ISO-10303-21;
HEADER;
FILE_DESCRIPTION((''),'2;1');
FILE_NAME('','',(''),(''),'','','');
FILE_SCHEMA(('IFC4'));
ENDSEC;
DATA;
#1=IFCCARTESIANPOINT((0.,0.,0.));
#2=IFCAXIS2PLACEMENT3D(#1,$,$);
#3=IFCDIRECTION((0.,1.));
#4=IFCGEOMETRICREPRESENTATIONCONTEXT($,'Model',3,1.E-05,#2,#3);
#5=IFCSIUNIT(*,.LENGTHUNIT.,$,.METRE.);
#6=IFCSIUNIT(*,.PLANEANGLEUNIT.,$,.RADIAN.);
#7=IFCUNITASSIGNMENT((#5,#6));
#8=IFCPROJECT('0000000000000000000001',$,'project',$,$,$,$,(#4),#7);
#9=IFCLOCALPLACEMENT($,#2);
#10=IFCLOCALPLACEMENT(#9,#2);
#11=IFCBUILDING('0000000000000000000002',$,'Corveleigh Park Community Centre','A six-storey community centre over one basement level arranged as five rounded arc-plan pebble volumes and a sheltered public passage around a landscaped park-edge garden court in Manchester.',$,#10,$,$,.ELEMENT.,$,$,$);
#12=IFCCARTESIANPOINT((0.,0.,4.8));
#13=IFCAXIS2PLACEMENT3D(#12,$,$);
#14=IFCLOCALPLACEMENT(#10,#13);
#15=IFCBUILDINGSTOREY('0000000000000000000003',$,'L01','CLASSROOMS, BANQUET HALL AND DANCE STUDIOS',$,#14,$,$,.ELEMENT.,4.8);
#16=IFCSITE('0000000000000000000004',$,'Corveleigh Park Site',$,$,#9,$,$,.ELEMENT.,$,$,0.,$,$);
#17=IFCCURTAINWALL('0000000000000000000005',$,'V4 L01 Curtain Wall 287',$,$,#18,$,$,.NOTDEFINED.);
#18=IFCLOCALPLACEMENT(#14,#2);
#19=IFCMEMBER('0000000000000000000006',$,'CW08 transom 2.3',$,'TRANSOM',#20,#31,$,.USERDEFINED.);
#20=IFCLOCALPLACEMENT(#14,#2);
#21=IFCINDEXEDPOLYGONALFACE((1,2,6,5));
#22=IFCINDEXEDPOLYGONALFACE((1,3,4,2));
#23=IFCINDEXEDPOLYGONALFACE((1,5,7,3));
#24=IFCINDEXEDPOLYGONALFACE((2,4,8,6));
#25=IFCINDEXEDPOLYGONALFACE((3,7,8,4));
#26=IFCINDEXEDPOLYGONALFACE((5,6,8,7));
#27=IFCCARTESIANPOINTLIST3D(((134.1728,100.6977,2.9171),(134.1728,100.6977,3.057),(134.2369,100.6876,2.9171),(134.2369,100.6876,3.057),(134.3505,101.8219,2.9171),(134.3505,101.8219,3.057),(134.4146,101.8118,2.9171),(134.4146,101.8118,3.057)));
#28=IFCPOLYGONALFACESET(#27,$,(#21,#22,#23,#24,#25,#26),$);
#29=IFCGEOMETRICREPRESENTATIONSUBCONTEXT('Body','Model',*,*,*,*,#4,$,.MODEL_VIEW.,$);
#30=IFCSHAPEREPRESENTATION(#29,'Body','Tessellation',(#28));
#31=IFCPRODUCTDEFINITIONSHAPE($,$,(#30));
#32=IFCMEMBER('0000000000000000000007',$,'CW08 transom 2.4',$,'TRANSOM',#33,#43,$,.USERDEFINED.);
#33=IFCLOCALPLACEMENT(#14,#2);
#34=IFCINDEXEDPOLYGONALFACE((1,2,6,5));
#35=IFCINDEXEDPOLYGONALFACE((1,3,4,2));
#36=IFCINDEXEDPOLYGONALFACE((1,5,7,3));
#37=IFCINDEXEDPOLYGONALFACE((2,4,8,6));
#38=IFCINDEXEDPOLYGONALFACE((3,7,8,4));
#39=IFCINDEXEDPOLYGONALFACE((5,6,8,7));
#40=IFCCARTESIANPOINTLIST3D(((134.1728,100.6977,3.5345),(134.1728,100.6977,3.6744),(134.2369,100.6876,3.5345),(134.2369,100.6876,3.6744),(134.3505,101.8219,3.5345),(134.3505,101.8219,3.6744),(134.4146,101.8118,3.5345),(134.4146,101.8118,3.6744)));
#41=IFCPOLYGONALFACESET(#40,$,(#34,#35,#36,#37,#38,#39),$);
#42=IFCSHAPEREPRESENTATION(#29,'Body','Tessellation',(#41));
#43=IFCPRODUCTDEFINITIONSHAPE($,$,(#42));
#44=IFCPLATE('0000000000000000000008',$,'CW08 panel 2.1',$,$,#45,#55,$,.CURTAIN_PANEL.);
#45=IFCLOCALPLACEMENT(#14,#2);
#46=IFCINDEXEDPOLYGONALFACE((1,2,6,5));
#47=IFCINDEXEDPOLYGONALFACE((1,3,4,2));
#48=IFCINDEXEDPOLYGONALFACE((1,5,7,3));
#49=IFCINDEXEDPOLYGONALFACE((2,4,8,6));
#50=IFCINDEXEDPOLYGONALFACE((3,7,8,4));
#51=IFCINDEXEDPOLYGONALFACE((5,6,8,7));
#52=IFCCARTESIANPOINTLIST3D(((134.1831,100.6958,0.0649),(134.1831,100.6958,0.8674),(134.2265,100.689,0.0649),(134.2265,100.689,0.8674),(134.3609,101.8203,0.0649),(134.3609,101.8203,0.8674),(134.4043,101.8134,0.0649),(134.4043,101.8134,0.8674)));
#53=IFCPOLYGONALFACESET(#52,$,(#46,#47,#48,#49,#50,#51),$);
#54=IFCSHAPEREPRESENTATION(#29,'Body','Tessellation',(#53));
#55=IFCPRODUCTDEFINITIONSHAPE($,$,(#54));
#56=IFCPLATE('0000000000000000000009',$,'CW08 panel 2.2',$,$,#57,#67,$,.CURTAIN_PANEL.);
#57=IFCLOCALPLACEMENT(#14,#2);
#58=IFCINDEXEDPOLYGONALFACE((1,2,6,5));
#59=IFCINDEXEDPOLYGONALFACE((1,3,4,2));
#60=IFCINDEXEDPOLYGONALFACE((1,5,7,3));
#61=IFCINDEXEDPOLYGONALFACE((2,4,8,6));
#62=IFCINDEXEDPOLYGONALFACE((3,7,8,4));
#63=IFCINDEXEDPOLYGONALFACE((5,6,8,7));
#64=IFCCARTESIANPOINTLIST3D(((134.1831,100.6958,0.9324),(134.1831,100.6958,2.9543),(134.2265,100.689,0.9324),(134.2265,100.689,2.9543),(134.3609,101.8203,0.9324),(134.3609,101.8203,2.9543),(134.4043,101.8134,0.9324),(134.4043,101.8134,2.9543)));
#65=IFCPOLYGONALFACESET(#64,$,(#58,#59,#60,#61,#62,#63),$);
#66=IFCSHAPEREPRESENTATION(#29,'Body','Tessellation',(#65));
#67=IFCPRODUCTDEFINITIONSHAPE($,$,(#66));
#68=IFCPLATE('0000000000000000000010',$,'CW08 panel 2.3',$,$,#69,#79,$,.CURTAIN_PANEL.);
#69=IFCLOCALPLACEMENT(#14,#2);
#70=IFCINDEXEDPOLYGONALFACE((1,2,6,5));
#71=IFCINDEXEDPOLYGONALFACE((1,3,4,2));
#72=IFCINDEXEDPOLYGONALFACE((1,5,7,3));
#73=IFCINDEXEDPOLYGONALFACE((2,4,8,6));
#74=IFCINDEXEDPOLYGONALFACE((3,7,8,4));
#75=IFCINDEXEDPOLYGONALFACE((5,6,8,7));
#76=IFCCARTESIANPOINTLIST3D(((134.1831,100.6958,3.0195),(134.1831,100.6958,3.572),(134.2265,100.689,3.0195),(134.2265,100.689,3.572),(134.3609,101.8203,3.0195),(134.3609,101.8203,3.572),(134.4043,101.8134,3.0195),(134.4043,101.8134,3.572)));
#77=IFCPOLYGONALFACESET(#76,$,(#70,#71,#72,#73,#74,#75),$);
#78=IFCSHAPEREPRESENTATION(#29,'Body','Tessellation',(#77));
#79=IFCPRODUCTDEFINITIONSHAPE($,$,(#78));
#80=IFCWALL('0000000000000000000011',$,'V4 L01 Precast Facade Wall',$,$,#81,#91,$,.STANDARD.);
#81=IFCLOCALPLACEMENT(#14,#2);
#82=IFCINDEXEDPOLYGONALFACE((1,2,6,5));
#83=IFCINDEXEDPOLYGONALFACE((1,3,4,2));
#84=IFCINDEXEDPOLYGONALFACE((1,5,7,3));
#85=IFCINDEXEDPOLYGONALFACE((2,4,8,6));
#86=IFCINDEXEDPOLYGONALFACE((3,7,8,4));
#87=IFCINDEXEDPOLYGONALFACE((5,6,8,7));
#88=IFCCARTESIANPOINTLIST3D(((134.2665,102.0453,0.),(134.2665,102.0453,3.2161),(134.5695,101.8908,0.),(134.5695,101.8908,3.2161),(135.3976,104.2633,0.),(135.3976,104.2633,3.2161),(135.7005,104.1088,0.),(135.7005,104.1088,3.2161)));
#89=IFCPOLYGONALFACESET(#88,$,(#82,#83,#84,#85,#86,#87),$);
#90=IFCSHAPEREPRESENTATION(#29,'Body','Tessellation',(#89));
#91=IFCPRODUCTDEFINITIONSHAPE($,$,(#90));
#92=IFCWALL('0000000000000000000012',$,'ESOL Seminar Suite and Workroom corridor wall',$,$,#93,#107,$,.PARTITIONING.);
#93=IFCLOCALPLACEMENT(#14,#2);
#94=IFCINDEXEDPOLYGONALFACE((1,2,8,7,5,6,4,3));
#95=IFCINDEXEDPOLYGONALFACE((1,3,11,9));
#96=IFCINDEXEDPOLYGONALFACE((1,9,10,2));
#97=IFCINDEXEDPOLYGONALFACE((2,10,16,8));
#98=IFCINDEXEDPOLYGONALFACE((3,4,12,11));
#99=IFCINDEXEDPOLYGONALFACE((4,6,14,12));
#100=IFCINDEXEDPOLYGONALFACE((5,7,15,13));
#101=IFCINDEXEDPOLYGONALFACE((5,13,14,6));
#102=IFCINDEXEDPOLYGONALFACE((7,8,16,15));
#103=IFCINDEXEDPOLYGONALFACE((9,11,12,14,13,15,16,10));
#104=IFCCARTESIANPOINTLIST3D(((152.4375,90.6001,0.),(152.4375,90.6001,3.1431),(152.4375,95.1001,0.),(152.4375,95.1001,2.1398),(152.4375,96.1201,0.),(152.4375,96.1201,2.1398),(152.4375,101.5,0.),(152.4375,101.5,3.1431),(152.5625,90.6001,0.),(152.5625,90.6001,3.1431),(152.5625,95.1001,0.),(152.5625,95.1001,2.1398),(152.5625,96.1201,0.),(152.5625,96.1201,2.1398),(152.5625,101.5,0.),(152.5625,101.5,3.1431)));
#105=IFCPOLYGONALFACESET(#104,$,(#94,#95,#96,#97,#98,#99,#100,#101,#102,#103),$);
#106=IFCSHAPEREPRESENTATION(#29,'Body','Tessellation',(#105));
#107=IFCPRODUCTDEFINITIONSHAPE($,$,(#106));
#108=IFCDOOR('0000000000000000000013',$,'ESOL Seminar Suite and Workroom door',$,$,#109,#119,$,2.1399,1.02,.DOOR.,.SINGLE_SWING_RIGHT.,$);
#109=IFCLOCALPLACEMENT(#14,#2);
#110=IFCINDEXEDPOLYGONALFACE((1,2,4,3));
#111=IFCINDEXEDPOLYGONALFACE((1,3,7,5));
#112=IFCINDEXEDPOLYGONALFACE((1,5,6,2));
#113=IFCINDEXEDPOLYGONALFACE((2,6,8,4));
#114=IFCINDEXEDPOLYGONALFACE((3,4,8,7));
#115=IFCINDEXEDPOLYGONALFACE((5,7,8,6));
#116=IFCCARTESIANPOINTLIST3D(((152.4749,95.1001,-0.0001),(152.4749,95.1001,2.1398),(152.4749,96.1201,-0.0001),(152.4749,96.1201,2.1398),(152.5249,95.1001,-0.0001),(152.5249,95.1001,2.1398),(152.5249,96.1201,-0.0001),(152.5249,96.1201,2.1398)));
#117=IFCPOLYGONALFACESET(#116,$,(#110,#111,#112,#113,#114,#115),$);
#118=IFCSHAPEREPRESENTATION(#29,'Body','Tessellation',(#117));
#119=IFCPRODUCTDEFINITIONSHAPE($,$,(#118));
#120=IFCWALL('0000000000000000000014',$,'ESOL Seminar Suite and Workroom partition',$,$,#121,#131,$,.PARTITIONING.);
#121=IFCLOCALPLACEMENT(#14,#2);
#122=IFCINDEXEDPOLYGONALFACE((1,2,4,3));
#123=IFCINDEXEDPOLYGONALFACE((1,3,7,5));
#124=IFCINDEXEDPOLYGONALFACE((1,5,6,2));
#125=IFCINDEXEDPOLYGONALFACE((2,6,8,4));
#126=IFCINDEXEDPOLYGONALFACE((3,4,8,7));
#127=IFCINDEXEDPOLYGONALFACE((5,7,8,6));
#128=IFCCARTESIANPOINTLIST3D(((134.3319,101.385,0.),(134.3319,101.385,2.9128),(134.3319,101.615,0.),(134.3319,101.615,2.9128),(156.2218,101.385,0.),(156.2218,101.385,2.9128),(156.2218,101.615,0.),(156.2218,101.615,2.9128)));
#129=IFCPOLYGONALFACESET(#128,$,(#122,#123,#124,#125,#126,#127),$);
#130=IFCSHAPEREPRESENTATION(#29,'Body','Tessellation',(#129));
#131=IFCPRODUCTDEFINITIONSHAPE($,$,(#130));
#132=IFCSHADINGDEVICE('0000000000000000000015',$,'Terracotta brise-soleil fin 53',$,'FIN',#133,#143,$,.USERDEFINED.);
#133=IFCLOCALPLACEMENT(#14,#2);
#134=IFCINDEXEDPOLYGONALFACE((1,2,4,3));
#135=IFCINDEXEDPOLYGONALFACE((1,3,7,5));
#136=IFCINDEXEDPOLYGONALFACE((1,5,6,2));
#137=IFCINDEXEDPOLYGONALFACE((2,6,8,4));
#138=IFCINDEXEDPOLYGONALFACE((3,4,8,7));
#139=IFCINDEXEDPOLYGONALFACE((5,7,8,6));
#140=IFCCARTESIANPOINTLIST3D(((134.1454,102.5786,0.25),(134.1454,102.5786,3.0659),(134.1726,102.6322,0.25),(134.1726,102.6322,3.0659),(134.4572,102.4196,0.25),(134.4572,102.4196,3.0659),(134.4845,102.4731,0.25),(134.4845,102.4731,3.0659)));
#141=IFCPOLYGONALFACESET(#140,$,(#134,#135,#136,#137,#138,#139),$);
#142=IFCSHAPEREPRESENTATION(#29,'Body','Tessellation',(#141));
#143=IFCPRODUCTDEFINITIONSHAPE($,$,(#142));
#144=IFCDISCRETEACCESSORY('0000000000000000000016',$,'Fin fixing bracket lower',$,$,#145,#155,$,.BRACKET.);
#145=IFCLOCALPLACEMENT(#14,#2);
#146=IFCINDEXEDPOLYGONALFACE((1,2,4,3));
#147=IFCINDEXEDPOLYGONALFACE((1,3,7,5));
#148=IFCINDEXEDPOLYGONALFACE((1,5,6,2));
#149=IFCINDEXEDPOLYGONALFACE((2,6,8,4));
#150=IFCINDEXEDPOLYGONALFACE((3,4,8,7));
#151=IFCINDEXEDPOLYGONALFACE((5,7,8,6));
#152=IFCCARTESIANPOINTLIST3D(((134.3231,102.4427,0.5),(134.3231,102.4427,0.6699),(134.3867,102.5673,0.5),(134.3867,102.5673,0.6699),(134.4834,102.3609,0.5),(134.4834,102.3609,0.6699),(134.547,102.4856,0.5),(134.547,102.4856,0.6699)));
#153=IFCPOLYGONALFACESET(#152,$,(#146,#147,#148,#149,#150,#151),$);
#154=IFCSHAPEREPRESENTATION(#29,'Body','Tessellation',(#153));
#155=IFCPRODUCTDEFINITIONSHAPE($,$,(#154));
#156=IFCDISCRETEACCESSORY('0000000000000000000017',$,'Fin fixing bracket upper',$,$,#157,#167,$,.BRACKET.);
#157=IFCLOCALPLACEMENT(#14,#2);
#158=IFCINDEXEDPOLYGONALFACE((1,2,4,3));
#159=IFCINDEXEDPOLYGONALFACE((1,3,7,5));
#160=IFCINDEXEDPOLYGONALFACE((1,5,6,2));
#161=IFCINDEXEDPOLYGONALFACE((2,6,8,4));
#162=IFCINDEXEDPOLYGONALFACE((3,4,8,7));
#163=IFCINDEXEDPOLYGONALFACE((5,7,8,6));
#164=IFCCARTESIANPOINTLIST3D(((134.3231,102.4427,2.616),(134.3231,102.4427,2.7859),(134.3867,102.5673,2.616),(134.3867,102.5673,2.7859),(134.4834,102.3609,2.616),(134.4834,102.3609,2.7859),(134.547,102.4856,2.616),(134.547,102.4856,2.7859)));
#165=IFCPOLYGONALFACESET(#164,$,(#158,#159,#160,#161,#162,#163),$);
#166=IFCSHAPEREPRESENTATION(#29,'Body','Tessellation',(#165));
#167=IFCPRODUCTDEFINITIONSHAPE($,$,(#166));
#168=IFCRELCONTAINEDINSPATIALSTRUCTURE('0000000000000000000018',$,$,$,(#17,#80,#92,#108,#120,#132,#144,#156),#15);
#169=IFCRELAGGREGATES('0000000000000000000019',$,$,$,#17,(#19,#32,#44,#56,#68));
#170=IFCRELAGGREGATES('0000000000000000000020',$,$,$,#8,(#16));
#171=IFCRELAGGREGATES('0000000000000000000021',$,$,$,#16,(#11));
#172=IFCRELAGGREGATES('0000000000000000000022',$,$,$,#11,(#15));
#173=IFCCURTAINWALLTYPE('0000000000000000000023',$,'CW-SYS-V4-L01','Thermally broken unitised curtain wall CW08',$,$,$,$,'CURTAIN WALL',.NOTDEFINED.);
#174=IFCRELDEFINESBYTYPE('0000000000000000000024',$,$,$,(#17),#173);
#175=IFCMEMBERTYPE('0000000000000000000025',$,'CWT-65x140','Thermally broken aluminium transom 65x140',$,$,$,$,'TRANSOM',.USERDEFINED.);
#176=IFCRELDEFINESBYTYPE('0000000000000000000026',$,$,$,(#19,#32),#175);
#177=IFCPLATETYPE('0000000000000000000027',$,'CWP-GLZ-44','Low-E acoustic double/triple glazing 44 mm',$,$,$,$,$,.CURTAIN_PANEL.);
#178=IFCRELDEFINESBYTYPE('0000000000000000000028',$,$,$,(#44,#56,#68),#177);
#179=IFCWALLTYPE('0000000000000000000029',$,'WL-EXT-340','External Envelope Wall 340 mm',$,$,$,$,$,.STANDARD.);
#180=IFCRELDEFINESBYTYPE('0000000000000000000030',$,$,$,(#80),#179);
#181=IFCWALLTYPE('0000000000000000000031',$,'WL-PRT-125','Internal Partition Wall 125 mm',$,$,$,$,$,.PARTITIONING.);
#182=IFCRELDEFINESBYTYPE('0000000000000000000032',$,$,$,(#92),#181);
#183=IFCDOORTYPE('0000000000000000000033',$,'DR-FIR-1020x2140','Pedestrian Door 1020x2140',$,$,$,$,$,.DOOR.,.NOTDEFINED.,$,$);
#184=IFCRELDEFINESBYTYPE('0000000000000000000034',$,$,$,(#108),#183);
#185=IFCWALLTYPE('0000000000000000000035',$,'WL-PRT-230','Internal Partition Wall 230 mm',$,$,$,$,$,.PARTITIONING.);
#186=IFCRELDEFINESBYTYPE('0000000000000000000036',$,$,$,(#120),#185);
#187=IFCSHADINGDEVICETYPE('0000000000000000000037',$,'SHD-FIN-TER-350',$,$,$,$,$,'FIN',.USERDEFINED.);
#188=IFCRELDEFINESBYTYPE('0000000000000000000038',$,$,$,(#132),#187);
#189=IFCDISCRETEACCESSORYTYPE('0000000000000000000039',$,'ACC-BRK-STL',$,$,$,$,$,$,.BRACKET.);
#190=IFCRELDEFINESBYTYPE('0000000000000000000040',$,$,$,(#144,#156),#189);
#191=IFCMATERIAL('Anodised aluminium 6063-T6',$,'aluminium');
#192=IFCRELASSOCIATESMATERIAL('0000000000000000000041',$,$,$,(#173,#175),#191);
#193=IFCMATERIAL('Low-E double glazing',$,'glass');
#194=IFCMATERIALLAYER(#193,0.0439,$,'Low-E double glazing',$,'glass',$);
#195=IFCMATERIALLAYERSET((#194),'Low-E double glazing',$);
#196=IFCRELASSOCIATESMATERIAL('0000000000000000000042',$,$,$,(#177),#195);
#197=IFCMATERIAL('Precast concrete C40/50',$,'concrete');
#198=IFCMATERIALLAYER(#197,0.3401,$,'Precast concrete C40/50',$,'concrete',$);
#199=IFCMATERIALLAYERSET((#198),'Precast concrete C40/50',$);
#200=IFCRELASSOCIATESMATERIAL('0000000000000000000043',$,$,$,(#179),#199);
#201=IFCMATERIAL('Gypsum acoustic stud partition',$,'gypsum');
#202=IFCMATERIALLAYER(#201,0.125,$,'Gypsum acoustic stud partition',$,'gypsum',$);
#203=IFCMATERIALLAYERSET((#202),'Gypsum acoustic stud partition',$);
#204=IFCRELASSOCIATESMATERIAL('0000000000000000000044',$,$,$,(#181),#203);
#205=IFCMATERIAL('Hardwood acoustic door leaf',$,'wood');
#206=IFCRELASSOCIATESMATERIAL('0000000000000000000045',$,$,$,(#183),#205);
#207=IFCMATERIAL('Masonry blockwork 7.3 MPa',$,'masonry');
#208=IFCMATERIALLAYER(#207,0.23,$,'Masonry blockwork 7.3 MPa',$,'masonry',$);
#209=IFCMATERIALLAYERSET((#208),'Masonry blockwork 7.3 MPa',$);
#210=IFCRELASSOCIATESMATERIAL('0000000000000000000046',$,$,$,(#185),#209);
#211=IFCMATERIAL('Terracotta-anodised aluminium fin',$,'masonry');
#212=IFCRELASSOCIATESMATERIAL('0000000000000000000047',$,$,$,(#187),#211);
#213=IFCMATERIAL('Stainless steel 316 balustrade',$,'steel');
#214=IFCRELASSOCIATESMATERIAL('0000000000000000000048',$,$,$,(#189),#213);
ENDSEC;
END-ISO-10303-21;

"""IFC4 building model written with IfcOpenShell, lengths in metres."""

from ifc_helpers import new_model, si_unit, direction, frame, frame_2d, origin, origin_2d, place, context, subcontext, project, spatial, rectangle, extrude, material, layer, layer_set, material_profile, profile_set, type_object, element, fill, aggregate, save


model = new_model("IFC4")

# Units and contexts
model_context = context("Model", 3, precision=1e-05, world=origin(), true_north=direction((0.0, 1.0)))
body_context = subcontext(model_context, "Body", "Model", "MODEL_VIEW")
ifc_project = project(units=[si_unit("LENGTHUNIT", "METRE"), si_unit("PLANEANGLEUNIT", "RADIAN")], contexts=[model_context])

# Site, building, storey
site_placement = place(None, origin())
site = spatial("IfcSite", under=ifc_project, at=site_placement, Name="Corveleigh Park Site", CompositionType="ELEMENT", RefElevation=0.0)
building_placement = place(site_placement, origin())
building = spatial("IfcBuilding", under=site, at=building_placement, Name="Corveleigh Park Community Centre", Description="A six-storey community centre over one basement level arranged as five rounded arc-plan pebble volumes and a sheltered public passage around a landscaped park-edge garden court in Manchester.", CompositionType="ELEMENT")
storey_placement = place(building_placement, frame((0.0, 0.0, 4.8)))
storey = spatial("IfcBuildingStorey", under=building, at=storey_placement, Name="L01", Description="CLASSROOMS, BANQUET HALL AND DANCE STUDIOS", CompositionType="ELEMENT", Elevation=4.8)

# Curtain wall, members, plates
ifc_material_1 = material(Name="Anodised aluminium 6063-T6", Category="aluminium")
curtain_wall_type = type_object("IfcCurtainWallType", Name="CW-SYS-V4-L01", Description="Thermally broken unitised curtain wall CW08", ElementType="CURTAIN WALL", PredefinedType="NOTDEFINED", material=ifc_material_1)
curtain_wall_placement = place(storey_placement, origin())
curtain_wall = element("IfcCurtainWall", 1, at=curtain_wall_placement, inside=storey, type_object=curtain_wall_type, Name="V4 L01 Curtain Wall 287", PredefinedType="NOTDEFINED")
ifc_material_profile_1 = material_profile(ifc_material_1, rectangle(XDim=0.0649, YDim=0.1399, at=origin_2d()), Name="ALU-T65x140", Category="aluminium")
ifc_profile_set_1 = profile_set([ifc_material_profile_1], Name="Anodised aluminium 6063-T6")
member_type_1 = type_object("IfcMemberType", Name="CWT-65x140", Description="Thermally broken aluminium transom 65x140", ElementType="TRANSOM", PredefinedType="USERDEFINED", material=ifc_profile_set_1)
member_1_placement = place(storey_placement, frame((134.2048, 100.6926, 2.9871), z_axis=(0.15615, 0.987733, 0.0), x_axis=(-0.987733, 0.15615, 0.0)))
member_1 = element("IfcMember", 2, at=member_1_placement, type_object=member_type_1, Name="CW08 transom 2.3", ObjectType="TRANSOM", PredefinedType="USERDEFINED", context=body_context, shape_type="SweptSolid", body=[
    extrude(rectangle(XDim=0.0649, YDim=0.1399, at=origin_2d()), origin(), (0.0, 0.0, 1.0), 1.1382),
])
member_2_placement = place(storey_placement, frame((134.2048, 100.6926, 3.6045), z_axis=(0.15615, 0.987733, 0.0), x_axis=(-0.987733, 0.15615, 0.0)))
member_2 = element("IfcMember", 3, at=member_2_placement, type_object=member_type_1, Name="CW08 transom 2.4", ObjectType="TRANSOM", PredefinedType="USERDEFINED", context=body_context, shape_type="SweptSolid", body=[
    extrude(rectangle(XDim=0.0649, YDim=0.1399, at=origin_2d()), origin(), (0.0, 0.0, 1.0), 1.1382),
])
ifc_material_2 = material(Name="Low-E double glazing", Category="glass")
ifc_layer_1 = layer(ifc_material_2, 0.0439, Name="Low-E double glazing", Category="glass")
ifc_layer_set_1 = layer_set([ifc_layer_1], Name="Low-E double glazing")
plate_type = type_object("IfcPlateType", Name="CWP-GLZ-44", Description="Low-E acoustic double/triple glazing 44 mm", PredefinedType="CURTAIN_PANEL", material=ifc_layer_set_1)
plate_1_placement = place(storey_placement, frame((134.2937, 101.2546, 0.0649), z_axis=(0.0, 0.0, 1.0), x_axis=(0.156146, 0.987734, 0.0)))
plate_1 = element("IfcPlate", 4, at=plate_1_placement, type_object=plate_type, Name="CW08 panel 2.1", PredefinedType="CURTAIN_PANEL", context=body_context, shape_type="SweptSolid", body=[
    extrude(rectangle(XDim=1.1384, YDim=0.0439, at=origin_2d()), origin(), (0.0, 0.0, 1.0), 0.8025),
])
plate_2_placement = place(storey_placement, frame((134.2937, 101.2546, 0.9324), z_axis=(0.0, 0.0, 1.0), x_axis=(0.156146, 0.987734, 0.0)))
plate_2 = element("IfcPlate", 5, at=plate_2_placement, type_object=plate_type, Name="CW08 panel 2.2", PredefinedType="CURTAIN_PANEL", context=body_context, shape_type="SweptSolid", body=[
    extrude(rectangle(XDim=1.1384, YDim=0.0439, at=origin_2d()), origin(), (0.0, 0.0, 1.0), 2.022),
])
plate_3_placement = place(storey_placement, frame((134.2937, 101.2546, 3.0195), z_axis=(0.0, 0.0, 1.0), x_axis=(0.156146, 0.987734, 0.0)))
plate_3 = element("IfcPlate", 6, at=plate_3_placement, type_object=plate_type, Name="CW08 panel 2.3", PredefinedType="CURTAIN_PANEL", context=body_context, shape_type="SweptSolid", body=[
    extrude(rectangle(XDim=1.1384, YDim=0.0439, at=origin_2d()), origin(), (0.0, 0.0, 1.0), 0.5525),
])
aggregate(curtain_wall, [member_1, member_2, plate_1, plate_2, plate_3])

# Wall
ifc_material_3 = material(Name="Precast concrete C40/50", Category="concrete")
ifc_layer_2 = layer(ifc_material_3, 0.3401, Name="Precast concrete C40/50", Category="concrete")
ifc_layer_set_2 = layer_set([ifc_layer_2], Name="Precast concrete C40/50")
wall_type_1 = type_object("IfcWallType", Name="WL-EXT-340", Description="External Envelope Wall 340 mm", PredefinedType="STANDARD", material=ifc_layer_set_2)
wall_1_placement = place(storey_placement, frame((134.418, 101.968, 0.0), z_axis=(0.0, 0.0, 1.0), x_axis=(0.454299, 0.890849, 0.0)))
element("IfcWall", 7, at=wall_1_placement, inside=storey, type_object=wall_type_1, Name="V4 L01 Precast Facade Wall", PredefinedType="STANDARD", context=body_context, shape_type="SweptSolid", body=[
    extrude(rectangle(XDim=2.4897, YDim=0.3401, at=frame_2d((1.2449, 0.0))), origin(), (0.0, 0.0, 1.0), 3.2161),
])

# Wall, opening, door
ifc_material_4 = material(Name="Gypsum acoustic stud partition", Category="gypsum")
ifc_layer_3 = layer(ifc_material_4, 0.125, Name="Gypsum acoustic stud partition", Category="gypsum")
ifc_layer_set_3 = layer_set([ifc_layer_3], Name="Gypsum acoustic stud partition")
wall_type_2 = type_object("IfcWallType", Name="WL-PRT-125", Description="Internal Partition Wall 125 mm", PredefinedType="PARTITIONING", material=ifc_layer_set_3)
wall_2_placement = place(storey_placement, frame((152.5, 101.5, 0.0), z_axis=(0.0, 0.0, 1.0), x_axis=(0.0, -1.0, 0.0)))
wall_2 = element("IfcWall", 8, at=wall_2_placement, inside=storey, type_object=wall_type_2, Name="ESOL Seminar Suite and Workroom corridor wall", PredefinedType="PARTITIONING", context=body_context, shape_type="SweptSolid", body=[
    extrude(rectangle(XDim=10.8999, YDim=0.125, at=frame_2d((5.45, 0.0))), origin(), (0.0, 0.0, 1.0), 3.1431),
])
opening_placement = place(wall_2_placement, frame((5.3799, 0.0, 0.0)))
opening = element("IfcOpeningElement", 9, at=opening_placement, cuts=wall_2, PredefinedType="OPENING", context=body_context, shape_type="SweptSolid", body=[
    extrude(rectangle(XDim=1.02, YDim=2.1399, at=frame_2d((0.51, 1.0698))), frame((0.0, 0.0725, 0.0), z_axis=(0.0, -1.0, 0.0), x_axis=(1.0, 0.0, 0.0)), (0.0, 0.0, 1.0), 0.145),
])
ifc_material_5 = material(Name="Hardwood acoustic door leaf", Category="wood")
door_type = type_object("IfcDoorType", Name="DR-FIR-1020x2140", Description="Pedestrian Door 1020x2140", OperationType="NOTDEFINED", PredefinedType="DOOR", material=ifc_material_5)
door_placement = place(opening_placement, origin())
door = element("IfcDoor", 10, at=door_placement, inside=storey, type_object=door_type, Name="ESOL Seminar Suite and Workroom door", OperationType="SINGLE_SWING_RIGHT", OverallHeight=2.1399, OverallWidth=1.02, PredefinedType="DOOR", context=body_context, shape_type="SweptSolid", body=[
    extrude(rectangle(XDim=1.02, YDim=2.1399, at=frame_2d((0.51, 1.0698))), frame((0.0, 0.0249, 0.0), z_axis=(0.0, -1.0, 0.0), x_axis=(1.0, 0.0, 0.0)), (0.0, 0.0, 1.0), 0.05),
])
fill(opening, door)

# Wall
ifc_material_6 = material(Name="Masonry blockwork 7.3 MPa", Category="masonry")
ifc_layer_4 = layer(ifc_material_6, 0.23, Name="Masonry blockwork 7.3 MPa", Category="masonry")
ifc_layer_set_4 = layer_set([ifc_layer_4], Name="Masonry blockwork 7.3 MPa")
wall_type_3 = type_object("IfcWallType", Name="WL-PRT-230", Description="Internal Partition Wall 230 mm", PredefinedType="PARTITIONING", material=ifc_layer_set_4)
wall_3_placement = place(storey_placement, frame((134.332, 101.5, 0.0), z_axis=(0.0, 0.0, 1.0), x_axis=(1.0, 0.0, 0.0)))
element("IfcWall", 11, at=wall_3_placement, inside=storey, type_object=wall_type_3, Name="ESOL Seminar Suite and Workroom partition", PredefinedType="PARTITIONING", context=body_context, shape_type="SweptSolid", body=[
    extrude(rectangle(XDim=21.8899, YDim=0.23, at=frame_2d((10.9448, 0.0))), origin(), (0.0, 0.0, 1.0), 2.9128),
])

# Shading device
ifc_material_7 = material(Name="Terracotta-anodised aluminium fin", Category="masonry")
shading_device_type = type_object("IfcShadingDeviceType", Name="SHD-FIN-TER-350", ElementType="FIN", PredefinedType="USERDEFINED", material=ifc_material_7)
shading_device_placement = place(storey_placement, frame((134.3149, 102.5259, 0.25), z_axis=(0.0, 0.0, 1.0), x_axis=(-0.890865, 0.454269, 0.0)))
element("IfcShadingDevice", 12, at=shading_device_placement, inside=storey, type_object=shading_device_type, Name="Terracotta brise-soleil fin 53", ObjectType="FIN", PredefinedType="USERDEFINED", context=body_context, shape_type="SweptSolid", body=[
    extrude(rectangle(XDim=0.3501, YDim=0.0601, at=origin_2d()), origin(), (0.0, 0.0, 1.0), 2.8159),
])

# Discrete accessories
ifc_material_8 = material(Name="Stainless steel 316 balustrade", Category="steel")
discrete_accessory_type = type_object("IfcDiscreteAccessoryType", Name="ACC-BRK-STL", PredefinedType="BRACKET", material=ifc_material_8)
for number, where, z_axis, x_axis, name in (
    (13, (134.4351, 102.4641, 0.5), (0.0, 0.0, 1.0), (-0.890865, 0.454269, 0.0), "Fin fixing bracket lower"),
    (14, (134.4351, 102.4641, 2.616), (0.0, 0.0, 1.0), (-0.890865, 0.454269, 0.0), "Fin fixing bracket upper"),
):
    element("IfcDiscreteAccessory", number, at=place(storey_placement, frame(where, z_axis=z_axis, x_axis=x_axis)), inside=storey, type_object=discrete_accessory_type, Name=name, PredefinedType="BRACKET", context=body_context, shape_type="SweptSolid", body=[
        extrude(rectangle(XDim=0.1799, YDim=0.1399, at=origin_2d()), origin(), (0.0, 0.0, 1.0), 0.1699),
    ])

save(model, "model.ifc")
